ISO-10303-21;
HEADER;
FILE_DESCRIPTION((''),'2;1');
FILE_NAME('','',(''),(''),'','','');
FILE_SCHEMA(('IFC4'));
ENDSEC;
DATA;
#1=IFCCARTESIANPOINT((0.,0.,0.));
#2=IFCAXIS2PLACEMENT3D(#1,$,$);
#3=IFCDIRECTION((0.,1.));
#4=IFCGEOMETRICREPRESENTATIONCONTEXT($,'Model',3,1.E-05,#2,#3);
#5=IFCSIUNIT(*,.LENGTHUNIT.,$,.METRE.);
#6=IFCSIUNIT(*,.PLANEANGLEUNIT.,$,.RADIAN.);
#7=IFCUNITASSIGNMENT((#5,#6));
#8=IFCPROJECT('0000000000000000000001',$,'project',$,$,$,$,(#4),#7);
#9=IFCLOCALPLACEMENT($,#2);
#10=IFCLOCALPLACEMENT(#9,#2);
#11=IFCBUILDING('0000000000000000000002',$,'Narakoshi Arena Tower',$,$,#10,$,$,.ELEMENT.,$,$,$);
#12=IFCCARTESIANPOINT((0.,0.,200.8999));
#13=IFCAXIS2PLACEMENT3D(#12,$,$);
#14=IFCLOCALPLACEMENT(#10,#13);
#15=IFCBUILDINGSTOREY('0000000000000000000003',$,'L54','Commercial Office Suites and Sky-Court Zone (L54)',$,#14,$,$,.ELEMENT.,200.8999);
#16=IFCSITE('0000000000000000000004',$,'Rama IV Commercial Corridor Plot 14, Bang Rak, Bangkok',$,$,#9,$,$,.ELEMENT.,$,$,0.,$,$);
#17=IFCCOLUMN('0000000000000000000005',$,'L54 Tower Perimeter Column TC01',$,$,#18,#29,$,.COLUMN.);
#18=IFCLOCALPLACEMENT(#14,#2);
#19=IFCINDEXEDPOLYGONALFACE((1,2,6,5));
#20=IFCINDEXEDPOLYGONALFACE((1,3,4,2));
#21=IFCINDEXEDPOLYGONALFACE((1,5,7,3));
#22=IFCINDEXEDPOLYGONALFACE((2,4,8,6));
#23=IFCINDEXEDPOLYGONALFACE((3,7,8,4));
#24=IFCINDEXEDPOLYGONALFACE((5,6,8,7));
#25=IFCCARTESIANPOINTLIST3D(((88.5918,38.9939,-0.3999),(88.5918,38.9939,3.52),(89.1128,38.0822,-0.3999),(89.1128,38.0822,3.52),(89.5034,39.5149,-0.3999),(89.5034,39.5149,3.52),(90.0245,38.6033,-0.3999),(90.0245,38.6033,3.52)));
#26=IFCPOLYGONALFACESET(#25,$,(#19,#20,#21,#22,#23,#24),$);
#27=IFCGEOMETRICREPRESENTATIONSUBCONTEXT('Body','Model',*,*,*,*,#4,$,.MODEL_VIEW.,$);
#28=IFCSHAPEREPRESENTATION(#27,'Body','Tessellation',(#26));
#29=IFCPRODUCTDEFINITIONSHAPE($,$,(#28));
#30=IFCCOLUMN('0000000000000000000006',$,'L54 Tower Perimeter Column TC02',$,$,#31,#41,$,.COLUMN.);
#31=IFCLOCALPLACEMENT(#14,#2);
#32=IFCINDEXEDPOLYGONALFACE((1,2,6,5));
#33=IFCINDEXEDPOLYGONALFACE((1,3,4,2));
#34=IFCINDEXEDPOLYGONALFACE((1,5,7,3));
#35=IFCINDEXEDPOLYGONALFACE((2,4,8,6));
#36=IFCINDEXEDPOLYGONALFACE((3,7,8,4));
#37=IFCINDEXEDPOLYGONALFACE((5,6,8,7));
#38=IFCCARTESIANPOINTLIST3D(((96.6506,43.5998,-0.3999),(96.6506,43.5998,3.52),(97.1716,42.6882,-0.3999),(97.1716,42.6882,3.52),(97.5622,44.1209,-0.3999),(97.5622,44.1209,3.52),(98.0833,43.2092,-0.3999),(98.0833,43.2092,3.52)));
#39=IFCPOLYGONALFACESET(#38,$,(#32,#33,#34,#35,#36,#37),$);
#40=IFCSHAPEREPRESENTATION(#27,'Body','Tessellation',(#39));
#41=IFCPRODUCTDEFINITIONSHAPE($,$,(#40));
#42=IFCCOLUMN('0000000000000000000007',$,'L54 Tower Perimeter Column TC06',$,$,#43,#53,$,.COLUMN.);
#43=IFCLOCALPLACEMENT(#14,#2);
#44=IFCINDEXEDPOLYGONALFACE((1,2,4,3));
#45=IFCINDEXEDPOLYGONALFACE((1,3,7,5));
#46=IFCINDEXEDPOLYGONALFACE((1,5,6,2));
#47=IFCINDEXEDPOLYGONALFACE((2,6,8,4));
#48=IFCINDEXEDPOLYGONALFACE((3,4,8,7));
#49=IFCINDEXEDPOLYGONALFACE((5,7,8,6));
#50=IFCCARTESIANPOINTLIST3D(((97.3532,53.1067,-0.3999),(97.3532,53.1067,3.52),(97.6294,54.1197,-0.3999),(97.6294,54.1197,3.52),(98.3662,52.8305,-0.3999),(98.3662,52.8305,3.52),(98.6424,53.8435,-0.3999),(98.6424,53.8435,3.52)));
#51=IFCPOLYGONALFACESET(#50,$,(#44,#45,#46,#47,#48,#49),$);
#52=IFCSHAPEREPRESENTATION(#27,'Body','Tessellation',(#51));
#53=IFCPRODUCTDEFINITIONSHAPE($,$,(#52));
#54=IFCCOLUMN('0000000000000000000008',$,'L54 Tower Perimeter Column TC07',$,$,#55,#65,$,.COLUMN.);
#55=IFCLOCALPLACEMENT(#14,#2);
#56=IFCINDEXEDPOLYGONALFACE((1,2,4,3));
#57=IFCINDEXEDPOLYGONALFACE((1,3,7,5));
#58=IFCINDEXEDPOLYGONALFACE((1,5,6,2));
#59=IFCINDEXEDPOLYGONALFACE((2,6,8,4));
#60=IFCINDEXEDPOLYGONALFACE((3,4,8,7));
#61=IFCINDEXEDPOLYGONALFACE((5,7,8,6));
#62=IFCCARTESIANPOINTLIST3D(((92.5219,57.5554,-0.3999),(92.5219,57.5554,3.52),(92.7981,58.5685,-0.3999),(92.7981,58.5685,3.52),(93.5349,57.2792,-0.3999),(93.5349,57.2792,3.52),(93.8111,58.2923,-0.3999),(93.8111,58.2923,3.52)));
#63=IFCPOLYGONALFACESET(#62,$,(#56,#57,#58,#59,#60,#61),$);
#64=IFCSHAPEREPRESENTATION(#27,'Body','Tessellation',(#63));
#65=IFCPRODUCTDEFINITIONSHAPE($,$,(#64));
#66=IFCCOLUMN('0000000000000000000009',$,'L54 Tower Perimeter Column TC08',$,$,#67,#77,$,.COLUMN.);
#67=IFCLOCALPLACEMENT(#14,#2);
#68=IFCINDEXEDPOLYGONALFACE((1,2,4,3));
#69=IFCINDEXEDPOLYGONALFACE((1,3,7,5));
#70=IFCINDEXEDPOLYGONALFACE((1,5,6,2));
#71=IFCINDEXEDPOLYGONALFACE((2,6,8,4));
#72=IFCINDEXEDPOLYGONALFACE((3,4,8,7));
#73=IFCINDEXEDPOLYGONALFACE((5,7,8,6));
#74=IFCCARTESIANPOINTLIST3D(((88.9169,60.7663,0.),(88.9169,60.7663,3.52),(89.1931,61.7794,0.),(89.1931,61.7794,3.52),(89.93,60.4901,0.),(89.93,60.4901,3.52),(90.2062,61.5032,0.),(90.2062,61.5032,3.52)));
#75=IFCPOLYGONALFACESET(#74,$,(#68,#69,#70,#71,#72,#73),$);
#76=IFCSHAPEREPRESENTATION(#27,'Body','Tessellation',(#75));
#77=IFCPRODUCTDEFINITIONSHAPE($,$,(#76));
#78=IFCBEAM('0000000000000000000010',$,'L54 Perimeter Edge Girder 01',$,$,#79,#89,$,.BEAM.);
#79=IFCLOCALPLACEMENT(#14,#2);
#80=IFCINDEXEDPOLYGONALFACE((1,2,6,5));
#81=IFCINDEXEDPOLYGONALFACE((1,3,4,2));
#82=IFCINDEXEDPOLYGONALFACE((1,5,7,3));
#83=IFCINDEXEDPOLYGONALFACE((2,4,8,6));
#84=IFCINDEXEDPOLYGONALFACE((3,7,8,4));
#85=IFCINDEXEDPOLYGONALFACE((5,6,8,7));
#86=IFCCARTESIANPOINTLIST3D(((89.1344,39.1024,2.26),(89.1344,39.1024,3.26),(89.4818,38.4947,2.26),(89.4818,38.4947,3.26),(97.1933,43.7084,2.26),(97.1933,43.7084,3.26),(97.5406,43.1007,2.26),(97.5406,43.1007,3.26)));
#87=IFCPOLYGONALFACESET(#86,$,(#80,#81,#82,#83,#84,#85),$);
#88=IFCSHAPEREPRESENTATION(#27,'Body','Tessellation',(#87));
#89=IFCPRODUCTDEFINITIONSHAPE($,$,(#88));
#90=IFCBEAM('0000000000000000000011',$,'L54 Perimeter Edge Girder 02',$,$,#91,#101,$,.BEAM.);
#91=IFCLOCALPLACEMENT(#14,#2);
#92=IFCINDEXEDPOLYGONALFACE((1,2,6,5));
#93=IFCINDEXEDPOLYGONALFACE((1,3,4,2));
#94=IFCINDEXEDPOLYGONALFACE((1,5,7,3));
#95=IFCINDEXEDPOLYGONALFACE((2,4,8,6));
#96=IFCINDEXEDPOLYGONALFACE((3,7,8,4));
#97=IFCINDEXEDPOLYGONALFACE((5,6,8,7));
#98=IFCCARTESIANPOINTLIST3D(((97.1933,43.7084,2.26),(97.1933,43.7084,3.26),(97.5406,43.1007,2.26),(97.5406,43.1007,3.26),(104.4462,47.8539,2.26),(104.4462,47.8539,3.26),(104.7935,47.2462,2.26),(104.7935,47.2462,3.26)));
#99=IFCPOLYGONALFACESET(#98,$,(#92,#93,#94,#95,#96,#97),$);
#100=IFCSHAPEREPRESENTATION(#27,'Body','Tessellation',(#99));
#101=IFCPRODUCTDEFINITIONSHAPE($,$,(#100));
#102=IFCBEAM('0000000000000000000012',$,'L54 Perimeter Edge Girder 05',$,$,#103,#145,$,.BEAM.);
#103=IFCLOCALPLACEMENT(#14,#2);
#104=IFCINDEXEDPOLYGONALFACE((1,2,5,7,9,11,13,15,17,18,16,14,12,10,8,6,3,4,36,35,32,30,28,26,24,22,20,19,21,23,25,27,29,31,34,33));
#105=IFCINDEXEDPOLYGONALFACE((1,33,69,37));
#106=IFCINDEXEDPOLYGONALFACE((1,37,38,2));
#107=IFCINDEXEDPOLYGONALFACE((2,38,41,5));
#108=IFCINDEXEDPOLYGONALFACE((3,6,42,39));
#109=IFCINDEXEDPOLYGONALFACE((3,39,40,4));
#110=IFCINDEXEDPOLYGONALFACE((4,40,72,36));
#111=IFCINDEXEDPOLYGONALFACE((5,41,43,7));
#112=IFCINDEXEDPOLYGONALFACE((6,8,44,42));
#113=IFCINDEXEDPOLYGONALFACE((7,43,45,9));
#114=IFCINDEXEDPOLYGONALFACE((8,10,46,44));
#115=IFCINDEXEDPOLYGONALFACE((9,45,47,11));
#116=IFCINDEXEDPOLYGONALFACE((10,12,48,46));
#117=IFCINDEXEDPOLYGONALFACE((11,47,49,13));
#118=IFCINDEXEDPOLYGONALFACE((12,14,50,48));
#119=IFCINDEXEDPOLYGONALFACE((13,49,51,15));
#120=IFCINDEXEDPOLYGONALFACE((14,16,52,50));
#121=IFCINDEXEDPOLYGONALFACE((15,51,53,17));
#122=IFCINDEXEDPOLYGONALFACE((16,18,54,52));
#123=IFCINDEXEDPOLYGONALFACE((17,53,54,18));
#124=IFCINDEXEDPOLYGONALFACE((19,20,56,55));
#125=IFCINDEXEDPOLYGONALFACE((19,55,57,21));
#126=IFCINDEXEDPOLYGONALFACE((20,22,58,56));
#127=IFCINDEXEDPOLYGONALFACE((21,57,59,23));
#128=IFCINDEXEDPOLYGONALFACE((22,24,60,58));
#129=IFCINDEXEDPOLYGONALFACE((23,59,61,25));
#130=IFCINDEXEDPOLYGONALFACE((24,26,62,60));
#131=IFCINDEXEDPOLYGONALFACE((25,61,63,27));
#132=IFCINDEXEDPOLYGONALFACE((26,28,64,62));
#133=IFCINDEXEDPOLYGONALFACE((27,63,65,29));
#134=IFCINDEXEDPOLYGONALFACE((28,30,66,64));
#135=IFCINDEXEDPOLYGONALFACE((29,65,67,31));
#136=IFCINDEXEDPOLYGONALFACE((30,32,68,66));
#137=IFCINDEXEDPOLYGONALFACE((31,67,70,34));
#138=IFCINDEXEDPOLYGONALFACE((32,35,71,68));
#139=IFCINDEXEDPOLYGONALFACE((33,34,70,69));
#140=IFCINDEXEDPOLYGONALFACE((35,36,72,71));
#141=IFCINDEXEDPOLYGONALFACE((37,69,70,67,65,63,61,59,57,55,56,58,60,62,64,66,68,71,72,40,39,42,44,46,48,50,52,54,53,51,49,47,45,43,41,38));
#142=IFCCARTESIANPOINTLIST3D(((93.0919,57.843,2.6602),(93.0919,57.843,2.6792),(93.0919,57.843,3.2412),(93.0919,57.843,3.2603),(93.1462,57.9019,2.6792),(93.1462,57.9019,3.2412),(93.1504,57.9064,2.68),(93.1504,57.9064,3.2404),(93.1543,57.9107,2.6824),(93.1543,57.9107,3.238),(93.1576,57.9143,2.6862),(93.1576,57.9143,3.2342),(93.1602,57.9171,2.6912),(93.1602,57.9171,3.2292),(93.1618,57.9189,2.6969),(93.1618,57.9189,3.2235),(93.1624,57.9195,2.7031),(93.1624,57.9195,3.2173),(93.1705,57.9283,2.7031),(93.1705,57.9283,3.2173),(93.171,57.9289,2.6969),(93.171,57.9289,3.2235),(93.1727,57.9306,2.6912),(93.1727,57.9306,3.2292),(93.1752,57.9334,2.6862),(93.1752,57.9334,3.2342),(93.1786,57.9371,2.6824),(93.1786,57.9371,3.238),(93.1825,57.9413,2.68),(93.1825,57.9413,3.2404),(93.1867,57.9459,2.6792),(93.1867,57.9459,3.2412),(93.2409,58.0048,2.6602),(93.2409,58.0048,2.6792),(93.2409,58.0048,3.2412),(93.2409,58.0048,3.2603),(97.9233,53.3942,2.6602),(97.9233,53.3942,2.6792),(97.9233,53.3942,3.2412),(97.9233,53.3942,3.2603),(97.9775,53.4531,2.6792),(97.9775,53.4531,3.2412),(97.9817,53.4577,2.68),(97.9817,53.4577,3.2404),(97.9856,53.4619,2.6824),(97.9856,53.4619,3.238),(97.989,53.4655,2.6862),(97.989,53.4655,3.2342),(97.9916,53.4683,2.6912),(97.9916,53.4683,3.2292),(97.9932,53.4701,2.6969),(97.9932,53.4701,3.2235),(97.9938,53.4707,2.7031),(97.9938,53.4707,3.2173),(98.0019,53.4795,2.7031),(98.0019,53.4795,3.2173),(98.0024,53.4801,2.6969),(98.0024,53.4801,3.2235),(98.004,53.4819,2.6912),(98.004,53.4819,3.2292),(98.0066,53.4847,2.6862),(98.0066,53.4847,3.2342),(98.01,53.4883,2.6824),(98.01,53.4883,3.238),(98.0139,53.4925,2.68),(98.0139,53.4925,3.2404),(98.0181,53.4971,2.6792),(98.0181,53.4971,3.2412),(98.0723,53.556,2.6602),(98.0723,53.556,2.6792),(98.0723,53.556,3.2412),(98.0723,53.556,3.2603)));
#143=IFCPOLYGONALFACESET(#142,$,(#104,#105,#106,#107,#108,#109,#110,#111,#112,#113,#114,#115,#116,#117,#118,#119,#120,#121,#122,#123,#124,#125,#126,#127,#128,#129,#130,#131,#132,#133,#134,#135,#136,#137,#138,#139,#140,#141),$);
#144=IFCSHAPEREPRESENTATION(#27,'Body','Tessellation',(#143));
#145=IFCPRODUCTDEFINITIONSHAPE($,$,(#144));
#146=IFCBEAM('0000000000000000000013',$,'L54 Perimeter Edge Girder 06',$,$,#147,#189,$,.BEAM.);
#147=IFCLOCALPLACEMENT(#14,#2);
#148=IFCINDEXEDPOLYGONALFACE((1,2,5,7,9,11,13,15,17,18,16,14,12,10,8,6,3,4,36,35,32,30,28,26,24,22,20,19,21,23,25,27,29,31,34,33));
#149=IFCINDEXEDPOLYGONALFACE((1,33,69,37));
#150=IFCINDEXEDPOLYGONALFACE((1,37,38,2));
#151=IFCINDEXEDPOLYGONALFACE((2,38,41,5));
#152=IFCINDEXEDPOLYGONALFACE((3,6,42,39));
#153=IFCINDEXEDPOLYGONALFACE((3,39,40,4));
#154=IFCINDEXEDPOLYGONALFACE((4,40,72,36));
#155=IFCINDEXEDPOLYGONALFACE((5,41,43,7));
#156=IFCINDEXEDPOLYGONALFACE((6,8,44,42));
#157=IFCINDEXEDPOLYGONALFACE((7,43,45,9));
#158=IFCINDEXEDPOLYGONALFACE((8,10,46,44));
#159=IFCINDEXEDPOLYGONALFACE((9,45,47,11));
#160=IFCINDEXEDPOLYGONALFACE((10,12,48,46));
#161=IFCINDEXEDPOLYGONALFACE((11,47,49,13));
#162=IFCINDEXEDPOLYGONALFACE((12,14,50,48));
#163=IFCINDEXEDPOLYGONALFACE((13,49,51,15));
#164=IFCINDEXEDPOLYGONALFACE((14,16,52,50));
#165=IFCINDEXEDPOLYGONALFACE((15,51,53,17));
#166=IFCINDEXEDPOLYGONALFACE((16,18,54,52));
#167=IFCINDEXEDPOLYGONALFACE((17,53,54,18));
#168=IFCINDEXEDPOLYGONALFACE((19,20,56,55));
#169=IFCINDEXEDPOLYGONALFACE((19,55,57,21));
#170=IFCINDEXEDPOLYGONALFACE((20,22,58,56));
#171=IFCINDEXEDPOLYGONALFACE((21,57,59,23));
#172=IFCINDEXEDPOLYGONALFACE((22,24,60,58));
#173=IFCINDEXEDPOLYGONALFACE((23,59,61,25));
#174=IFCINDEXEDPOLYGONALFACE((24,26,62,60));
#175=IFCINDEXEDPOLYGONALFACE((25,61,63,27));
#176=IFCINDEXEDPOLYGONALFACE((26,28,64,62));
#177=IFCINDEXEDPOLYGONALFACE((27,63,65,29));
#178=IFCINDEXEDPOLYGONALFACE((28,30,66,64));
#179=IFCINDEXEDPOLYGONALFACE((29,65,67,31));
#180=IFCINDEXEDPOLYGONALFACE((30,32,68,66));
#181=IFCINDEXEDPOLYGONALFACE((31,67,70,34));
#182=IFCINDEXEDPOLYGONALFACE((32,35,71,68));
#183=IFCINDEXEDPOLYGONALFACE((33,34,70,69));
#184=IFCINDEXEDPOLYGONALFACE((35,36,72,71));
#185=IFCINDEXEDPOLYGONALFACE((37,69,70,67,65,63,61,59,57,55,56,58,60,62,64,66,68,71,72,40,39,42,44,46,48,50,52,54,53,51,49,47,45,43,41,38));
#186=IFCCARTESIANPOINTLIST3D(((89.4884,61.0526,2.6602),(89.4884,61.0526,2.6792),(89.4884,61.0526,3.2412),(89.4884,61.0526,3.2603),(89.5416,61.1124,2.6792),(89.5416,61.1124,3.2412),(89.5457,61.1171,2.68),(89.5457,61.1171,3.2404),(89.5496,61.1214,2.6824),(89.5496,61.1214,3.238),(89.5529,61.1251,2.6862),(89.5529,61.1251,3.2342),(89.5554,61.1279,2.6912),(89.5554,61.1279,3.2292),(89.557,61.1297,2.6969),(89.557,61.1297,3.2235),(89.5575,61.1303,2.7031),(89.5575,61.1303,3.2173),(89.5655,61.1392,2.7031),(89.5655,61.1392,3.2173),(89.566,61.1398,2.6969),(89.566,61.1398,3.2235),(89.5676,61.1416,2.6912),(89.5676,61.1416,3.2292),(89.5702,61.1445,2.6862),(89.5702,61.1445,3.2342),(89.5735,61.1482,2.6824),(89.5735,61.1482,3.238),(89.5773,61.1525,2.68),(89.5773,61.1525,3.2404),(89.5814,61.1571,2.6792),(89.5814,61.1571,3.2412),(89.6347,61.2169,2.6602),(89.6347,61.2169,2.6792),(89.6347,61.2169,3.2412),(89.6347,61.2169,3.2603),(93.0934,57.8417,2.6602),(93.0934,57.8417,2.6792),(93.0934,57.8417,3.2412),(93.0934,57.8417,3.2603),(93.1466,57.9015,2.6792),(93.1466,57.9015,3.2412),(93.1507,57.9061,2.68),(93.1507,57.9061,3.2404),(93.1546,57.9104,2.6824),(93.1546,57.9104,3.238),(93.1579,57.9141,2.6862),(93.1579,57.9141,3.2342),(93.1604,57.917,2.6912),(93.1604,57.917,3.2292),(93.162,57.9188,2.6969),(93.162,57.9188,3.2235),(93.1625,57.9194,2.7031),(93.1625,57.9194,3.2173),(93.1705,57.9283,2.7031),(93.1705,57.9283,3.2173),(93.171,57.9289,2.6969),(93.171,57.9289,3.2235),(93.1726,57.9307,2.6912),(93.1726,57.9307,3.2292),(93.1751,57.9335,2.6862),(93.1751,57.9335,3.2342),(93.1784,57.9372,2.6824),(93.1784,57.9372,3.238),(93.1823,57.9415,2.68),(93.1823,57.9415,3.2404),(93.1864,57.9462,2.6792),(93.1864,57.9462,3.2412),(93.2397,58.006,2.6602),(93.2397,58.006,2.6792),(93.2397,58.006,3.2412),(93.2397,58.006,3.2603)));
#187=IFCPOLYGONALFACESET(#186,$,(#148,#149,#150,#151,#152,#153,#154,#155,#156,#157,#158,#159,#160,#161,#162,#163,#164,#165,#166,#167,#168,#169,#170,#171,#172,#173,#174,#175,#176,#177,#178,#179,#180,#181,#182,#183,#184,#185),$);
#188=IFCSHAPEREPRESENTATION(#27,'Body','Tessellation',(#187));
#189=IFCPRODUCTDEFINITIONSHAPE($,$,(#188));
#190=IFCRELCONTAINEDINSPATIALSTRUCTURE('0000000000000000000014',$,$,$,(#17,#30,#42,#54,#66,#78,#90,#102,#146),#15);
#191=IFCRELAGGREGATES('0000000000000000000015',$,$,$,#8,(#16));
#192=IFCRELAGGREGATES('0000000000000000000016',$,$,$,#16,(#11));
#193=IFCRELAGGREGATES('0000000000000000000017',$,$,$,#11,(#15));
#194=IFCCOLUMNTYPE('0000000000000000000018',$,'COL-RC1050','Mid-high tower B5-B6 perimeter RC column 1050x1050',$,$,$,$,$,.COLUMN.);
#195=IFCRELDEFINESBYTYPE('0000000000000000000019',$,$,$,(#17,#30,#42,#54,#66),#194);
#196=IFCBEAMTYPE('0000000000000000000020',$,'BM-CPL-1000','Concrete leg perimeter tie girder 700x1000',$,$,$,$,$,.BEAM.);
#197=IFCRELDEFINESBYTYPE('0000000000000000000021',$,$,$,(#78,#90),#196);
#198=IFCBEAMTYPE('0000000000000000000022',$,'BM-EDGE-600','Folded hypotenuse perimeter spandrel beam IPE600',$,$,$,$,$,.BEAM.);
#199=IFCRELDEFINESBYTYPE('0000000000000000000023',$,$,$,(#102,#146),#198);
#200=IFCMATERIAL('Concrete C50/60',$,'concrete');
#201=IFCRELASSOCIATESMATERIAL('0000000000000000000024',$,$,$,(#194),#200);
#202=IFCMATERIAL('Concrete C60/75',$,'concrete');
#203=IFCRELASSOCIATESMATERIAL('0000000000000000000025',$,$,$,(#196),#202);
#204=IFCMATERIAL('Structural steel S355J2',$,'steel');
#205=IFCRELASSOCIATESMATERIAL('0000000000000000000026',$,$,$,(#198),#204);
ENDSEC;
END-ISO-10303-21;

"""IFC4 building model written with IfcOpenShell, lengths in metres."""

from ifc_helpers import new_model, si_unit, direction, frame, origin, origin_2d, place, context, subcontext, project, spatial, rectangle, i_section, extrude, material, material_profile, profile_set, type_object, element, save


model = new_model("IFC4")

# Units and contexts
model_context = context("Model", 3, precision=1e-05, world=origin(), true_north=direction((0.0, 1.0)))
body_context = subcontext(model_context, "Body", "Model", "MODEL_VIEW")
ifc_project = project(units=[si_unit("LENGTHUNIT", "METRE"), si_unit("PLANEANGLEUNIT", "RADIAN")], contexts=[model_context])

# Site, building, storey
site_placement = place(None, origin())
site = spatial("IfcSite", under=ifc_project, at=site_placement, Name="Rama IV Commercial Corridor Plot 14, Bang Rak, Bangkok", CompositionType="ELEMENT", RefElevation=0.0)
building_placement = place(site_placement, origin())
building = spatial("IfcBuilding", under=site, at=building_placement, Name="Narakoshi Arena Tower", CompositionType="ELEMENT")
storey_placement = place(building_placement, frame((0.0, 0.0, 200.8999)))
storey = spatial("IfcBuildingStorey", under=building, at=storey_placement, Name="L54", Description="Commercial Office Suites and Sky-Court Zone (L54)", CompositionType="ELEMENT", Elevation=200.8999)

# Columns
ifc_material_1 = material(Name="Concrete C50/60", Category="concrete")
ifc_material_profile_1 = material_profile(ifc_material_1, rectangle(XDim=1.05, YDim=1.05, at=origin_2d()), Name="RC1050x1050")
ifc_profile_set_1 = profile_set([ifc_material_profile_1], Name="Concrete C50/60")
column_type = type_object("IfcColumnType", Name="COL-RC1050", Description="Mid-high tower B5-B6 perimeter RC column 1050x1050", PredefinedType="COLUMN", material=ifc_profile_set_1)
for number, where, z_axis, x_axis, name in (
    (1, (89.3081, 38.7986, -0.3999), (0.0, 0.0, 1.0), (0.868199, 0.496217, 0.0), "L54 Tower Perimeter Column TC01"),
    (2, (97.3669, 43.4045, -0.3999), (0.0, 0.0, 1.0), (0.868199, 0.496217, 0.0), "L54 Tower Perimeter Column TC02"),
    (3, (97.9978, 53.4751, -0.3999), (0.0, 0.0, 1.0), (0.263031, 0.964787, 0.0), "L54 Tower Perimeter Column TC06"),
    (4, (93.1665, 57.9238, -0.3999), (0.0, 0.0, 1.0), (0.263031, 0.964787, 0.0), "L54 Tower Perimeter Column TC07"),
):
    element("IfcColumn", number, at=place(storey_placement, frame(where, z_axis=z_axis, x_axis=x_axis)), inside=storey, type_object=column_type, Name=name, PredefinedType="COLUMN", context=body_context, shape_type="SweptSolid", body=[
        extrude(rectangle(XDim=1.05, YDim=1.05, at=origin_2d()), origin(), (0.0, 0.0, 1.0), 3.9199),
    ])
column_placement = place(storey_placement, frame((89.5615, 61.1348, 0.0), z_axis=(0.0, 0.0, 1.0), x_axis=(0.263031, 0.964787, 0.0)))
element("IfcColumn", 5, at=column_placement, inside=storey, type_object=column_type, Name="L54 Tower Perimeter Column TC08", PredefinedType="COLUMN", context=body_context, shape_type="SweptSolid", body=[
    extrude(rectangle(XDim=1.05, YDim=1.05, at=origin_2d()), origin(), (0.0, 0.0, 1.0), 3.52),
])

# Beams
ifc_material_2 = material(Name="Concrete C60/75", Category="concrete")
ifc_material_profile_2 = material_profile(ifc_material_2, rectangle(XDim=0.7, YDim=1.0, at=origin_2d()), Name="RCB700x1000")
ifc_profile_set_2 = profile_set([ifc_material_profile_2], Name="Concrete C60/75")
beam_type_1 = type_object("IfcBeamType", Name="BM-CPL-1000", Description="Concrete leg perimeter tie girder 700x1000", PredefinedType="BEAM", material=ifc_profile_set_2)
beam_1_placement = place(storey_placement, frame((89.3081, 38.7986, 2.76), z_axis=(0.868201, 0.496213, 0.0), x_axis=(-0.496213, 0.868201, 0.0)))
element("IfcBeam", 6, at=beam_1_placement, inside=storey, type_object=beam_type_1, Name="L54 Perimeter Edge Girder 01", PredefinedType="BEAM", context=body_context, shape_type="SweptSolid", body=[
    extrude(rectangle(XDim=0.7, YDim=1.0, at=origin_2d()), origin(), (0.0, 0.0, 1.0), 9.2822),
])
beam_2_placement = place(storey_placement, frame((97.3669, 43.4045, 2.76), z_axis=(0.868193, 0.496227, 0.0), x_axis=(-0.496227, 0.868193, 0.0)))
element("IfcBeam", 7, at=beam_2_placement, inside=storey, type_object=beam_type_1, Name="L54 Perimeter Edge Girder 02", PredefinedType="BEAM", context=body_context, shape_type="SweptSolid", body=[
    extrude(rectangle(XDim=0.7, YDim=1.0, at=origin_2d()), origin(), (0.0, 0.0, 1.0), 8.354),
])
ifc_material_3 = material(Name="Structural steel S355J2", Category="steel")
ifc_material_profile_3 = material_profile(ifc_material_3, i_section(OverallWidth=0.22, OverallDepth=0.6001, WebThickness=0.012, FlangeThickness=0.019, FilletRadius=0.0239, at=origin_2d()), Name="IPE600")
ifc_profile_set_3 = profile_set([ifc_material_profile_3], Name="Structural steel S355J2")
beam_type_2 = type_object("IfcBeamType", Name="BM-EDGE-600", Description="Folded hypotenuse perimeter spandrel beam IPE600", PredefinedType="BEAM", material=ifc_profile_set_3)
beam_3_placement = place(storey_placement, frame((97.9978, 53.4751, 2.9602), z_axis=(-0.735632, 0.677381, 0.0), x_axis=(-0.677381, -0.735632, 0.0)))
element("IfcBeam", 8, at=beam_3_placement, inside=storey, type_object=beam_type_2, Name="L54 Perimeter Edge Girder 05", PredefinedType="BEAM", context=body_context, shape_type="SweptSolid", body=[
    extrude(i_section(OverallWidth=0.22, OverallDepth=0.6001, WebThickness=0.012, FlangeThickness=0.019, FilletRadius=0.0239, at=origin_2d()), origin(), (0.0, 0.0, 1.0), 6.5676),
])
beam_4_placement = place(storey_placement, frame((93.1665, 57.9238, 2.9602), z_axis=(-0.746739, 0.665117, 0.0), x_axis=(-0.665117, -0.746739, 0.0)))
element("IfcBeam", 9, at=beam_4_placement, inside=storey, type_object=beam_type_2, Name="L54 Perimeter Edge Girder 06", PredefinedType="BEAM", context=body_context, shape_type="SweptSolid", body=[
    extrude(i_section(OverallWidth=0.22, OverallDepth=0.6001, WebThickness=0.012, FlangeThickness=0.019, FilletRadius=0.0239, at=origin_2d()), origin(), (0.0, 0.0, 1.0), 4.8276),
])

save(model, "model.ifc")
